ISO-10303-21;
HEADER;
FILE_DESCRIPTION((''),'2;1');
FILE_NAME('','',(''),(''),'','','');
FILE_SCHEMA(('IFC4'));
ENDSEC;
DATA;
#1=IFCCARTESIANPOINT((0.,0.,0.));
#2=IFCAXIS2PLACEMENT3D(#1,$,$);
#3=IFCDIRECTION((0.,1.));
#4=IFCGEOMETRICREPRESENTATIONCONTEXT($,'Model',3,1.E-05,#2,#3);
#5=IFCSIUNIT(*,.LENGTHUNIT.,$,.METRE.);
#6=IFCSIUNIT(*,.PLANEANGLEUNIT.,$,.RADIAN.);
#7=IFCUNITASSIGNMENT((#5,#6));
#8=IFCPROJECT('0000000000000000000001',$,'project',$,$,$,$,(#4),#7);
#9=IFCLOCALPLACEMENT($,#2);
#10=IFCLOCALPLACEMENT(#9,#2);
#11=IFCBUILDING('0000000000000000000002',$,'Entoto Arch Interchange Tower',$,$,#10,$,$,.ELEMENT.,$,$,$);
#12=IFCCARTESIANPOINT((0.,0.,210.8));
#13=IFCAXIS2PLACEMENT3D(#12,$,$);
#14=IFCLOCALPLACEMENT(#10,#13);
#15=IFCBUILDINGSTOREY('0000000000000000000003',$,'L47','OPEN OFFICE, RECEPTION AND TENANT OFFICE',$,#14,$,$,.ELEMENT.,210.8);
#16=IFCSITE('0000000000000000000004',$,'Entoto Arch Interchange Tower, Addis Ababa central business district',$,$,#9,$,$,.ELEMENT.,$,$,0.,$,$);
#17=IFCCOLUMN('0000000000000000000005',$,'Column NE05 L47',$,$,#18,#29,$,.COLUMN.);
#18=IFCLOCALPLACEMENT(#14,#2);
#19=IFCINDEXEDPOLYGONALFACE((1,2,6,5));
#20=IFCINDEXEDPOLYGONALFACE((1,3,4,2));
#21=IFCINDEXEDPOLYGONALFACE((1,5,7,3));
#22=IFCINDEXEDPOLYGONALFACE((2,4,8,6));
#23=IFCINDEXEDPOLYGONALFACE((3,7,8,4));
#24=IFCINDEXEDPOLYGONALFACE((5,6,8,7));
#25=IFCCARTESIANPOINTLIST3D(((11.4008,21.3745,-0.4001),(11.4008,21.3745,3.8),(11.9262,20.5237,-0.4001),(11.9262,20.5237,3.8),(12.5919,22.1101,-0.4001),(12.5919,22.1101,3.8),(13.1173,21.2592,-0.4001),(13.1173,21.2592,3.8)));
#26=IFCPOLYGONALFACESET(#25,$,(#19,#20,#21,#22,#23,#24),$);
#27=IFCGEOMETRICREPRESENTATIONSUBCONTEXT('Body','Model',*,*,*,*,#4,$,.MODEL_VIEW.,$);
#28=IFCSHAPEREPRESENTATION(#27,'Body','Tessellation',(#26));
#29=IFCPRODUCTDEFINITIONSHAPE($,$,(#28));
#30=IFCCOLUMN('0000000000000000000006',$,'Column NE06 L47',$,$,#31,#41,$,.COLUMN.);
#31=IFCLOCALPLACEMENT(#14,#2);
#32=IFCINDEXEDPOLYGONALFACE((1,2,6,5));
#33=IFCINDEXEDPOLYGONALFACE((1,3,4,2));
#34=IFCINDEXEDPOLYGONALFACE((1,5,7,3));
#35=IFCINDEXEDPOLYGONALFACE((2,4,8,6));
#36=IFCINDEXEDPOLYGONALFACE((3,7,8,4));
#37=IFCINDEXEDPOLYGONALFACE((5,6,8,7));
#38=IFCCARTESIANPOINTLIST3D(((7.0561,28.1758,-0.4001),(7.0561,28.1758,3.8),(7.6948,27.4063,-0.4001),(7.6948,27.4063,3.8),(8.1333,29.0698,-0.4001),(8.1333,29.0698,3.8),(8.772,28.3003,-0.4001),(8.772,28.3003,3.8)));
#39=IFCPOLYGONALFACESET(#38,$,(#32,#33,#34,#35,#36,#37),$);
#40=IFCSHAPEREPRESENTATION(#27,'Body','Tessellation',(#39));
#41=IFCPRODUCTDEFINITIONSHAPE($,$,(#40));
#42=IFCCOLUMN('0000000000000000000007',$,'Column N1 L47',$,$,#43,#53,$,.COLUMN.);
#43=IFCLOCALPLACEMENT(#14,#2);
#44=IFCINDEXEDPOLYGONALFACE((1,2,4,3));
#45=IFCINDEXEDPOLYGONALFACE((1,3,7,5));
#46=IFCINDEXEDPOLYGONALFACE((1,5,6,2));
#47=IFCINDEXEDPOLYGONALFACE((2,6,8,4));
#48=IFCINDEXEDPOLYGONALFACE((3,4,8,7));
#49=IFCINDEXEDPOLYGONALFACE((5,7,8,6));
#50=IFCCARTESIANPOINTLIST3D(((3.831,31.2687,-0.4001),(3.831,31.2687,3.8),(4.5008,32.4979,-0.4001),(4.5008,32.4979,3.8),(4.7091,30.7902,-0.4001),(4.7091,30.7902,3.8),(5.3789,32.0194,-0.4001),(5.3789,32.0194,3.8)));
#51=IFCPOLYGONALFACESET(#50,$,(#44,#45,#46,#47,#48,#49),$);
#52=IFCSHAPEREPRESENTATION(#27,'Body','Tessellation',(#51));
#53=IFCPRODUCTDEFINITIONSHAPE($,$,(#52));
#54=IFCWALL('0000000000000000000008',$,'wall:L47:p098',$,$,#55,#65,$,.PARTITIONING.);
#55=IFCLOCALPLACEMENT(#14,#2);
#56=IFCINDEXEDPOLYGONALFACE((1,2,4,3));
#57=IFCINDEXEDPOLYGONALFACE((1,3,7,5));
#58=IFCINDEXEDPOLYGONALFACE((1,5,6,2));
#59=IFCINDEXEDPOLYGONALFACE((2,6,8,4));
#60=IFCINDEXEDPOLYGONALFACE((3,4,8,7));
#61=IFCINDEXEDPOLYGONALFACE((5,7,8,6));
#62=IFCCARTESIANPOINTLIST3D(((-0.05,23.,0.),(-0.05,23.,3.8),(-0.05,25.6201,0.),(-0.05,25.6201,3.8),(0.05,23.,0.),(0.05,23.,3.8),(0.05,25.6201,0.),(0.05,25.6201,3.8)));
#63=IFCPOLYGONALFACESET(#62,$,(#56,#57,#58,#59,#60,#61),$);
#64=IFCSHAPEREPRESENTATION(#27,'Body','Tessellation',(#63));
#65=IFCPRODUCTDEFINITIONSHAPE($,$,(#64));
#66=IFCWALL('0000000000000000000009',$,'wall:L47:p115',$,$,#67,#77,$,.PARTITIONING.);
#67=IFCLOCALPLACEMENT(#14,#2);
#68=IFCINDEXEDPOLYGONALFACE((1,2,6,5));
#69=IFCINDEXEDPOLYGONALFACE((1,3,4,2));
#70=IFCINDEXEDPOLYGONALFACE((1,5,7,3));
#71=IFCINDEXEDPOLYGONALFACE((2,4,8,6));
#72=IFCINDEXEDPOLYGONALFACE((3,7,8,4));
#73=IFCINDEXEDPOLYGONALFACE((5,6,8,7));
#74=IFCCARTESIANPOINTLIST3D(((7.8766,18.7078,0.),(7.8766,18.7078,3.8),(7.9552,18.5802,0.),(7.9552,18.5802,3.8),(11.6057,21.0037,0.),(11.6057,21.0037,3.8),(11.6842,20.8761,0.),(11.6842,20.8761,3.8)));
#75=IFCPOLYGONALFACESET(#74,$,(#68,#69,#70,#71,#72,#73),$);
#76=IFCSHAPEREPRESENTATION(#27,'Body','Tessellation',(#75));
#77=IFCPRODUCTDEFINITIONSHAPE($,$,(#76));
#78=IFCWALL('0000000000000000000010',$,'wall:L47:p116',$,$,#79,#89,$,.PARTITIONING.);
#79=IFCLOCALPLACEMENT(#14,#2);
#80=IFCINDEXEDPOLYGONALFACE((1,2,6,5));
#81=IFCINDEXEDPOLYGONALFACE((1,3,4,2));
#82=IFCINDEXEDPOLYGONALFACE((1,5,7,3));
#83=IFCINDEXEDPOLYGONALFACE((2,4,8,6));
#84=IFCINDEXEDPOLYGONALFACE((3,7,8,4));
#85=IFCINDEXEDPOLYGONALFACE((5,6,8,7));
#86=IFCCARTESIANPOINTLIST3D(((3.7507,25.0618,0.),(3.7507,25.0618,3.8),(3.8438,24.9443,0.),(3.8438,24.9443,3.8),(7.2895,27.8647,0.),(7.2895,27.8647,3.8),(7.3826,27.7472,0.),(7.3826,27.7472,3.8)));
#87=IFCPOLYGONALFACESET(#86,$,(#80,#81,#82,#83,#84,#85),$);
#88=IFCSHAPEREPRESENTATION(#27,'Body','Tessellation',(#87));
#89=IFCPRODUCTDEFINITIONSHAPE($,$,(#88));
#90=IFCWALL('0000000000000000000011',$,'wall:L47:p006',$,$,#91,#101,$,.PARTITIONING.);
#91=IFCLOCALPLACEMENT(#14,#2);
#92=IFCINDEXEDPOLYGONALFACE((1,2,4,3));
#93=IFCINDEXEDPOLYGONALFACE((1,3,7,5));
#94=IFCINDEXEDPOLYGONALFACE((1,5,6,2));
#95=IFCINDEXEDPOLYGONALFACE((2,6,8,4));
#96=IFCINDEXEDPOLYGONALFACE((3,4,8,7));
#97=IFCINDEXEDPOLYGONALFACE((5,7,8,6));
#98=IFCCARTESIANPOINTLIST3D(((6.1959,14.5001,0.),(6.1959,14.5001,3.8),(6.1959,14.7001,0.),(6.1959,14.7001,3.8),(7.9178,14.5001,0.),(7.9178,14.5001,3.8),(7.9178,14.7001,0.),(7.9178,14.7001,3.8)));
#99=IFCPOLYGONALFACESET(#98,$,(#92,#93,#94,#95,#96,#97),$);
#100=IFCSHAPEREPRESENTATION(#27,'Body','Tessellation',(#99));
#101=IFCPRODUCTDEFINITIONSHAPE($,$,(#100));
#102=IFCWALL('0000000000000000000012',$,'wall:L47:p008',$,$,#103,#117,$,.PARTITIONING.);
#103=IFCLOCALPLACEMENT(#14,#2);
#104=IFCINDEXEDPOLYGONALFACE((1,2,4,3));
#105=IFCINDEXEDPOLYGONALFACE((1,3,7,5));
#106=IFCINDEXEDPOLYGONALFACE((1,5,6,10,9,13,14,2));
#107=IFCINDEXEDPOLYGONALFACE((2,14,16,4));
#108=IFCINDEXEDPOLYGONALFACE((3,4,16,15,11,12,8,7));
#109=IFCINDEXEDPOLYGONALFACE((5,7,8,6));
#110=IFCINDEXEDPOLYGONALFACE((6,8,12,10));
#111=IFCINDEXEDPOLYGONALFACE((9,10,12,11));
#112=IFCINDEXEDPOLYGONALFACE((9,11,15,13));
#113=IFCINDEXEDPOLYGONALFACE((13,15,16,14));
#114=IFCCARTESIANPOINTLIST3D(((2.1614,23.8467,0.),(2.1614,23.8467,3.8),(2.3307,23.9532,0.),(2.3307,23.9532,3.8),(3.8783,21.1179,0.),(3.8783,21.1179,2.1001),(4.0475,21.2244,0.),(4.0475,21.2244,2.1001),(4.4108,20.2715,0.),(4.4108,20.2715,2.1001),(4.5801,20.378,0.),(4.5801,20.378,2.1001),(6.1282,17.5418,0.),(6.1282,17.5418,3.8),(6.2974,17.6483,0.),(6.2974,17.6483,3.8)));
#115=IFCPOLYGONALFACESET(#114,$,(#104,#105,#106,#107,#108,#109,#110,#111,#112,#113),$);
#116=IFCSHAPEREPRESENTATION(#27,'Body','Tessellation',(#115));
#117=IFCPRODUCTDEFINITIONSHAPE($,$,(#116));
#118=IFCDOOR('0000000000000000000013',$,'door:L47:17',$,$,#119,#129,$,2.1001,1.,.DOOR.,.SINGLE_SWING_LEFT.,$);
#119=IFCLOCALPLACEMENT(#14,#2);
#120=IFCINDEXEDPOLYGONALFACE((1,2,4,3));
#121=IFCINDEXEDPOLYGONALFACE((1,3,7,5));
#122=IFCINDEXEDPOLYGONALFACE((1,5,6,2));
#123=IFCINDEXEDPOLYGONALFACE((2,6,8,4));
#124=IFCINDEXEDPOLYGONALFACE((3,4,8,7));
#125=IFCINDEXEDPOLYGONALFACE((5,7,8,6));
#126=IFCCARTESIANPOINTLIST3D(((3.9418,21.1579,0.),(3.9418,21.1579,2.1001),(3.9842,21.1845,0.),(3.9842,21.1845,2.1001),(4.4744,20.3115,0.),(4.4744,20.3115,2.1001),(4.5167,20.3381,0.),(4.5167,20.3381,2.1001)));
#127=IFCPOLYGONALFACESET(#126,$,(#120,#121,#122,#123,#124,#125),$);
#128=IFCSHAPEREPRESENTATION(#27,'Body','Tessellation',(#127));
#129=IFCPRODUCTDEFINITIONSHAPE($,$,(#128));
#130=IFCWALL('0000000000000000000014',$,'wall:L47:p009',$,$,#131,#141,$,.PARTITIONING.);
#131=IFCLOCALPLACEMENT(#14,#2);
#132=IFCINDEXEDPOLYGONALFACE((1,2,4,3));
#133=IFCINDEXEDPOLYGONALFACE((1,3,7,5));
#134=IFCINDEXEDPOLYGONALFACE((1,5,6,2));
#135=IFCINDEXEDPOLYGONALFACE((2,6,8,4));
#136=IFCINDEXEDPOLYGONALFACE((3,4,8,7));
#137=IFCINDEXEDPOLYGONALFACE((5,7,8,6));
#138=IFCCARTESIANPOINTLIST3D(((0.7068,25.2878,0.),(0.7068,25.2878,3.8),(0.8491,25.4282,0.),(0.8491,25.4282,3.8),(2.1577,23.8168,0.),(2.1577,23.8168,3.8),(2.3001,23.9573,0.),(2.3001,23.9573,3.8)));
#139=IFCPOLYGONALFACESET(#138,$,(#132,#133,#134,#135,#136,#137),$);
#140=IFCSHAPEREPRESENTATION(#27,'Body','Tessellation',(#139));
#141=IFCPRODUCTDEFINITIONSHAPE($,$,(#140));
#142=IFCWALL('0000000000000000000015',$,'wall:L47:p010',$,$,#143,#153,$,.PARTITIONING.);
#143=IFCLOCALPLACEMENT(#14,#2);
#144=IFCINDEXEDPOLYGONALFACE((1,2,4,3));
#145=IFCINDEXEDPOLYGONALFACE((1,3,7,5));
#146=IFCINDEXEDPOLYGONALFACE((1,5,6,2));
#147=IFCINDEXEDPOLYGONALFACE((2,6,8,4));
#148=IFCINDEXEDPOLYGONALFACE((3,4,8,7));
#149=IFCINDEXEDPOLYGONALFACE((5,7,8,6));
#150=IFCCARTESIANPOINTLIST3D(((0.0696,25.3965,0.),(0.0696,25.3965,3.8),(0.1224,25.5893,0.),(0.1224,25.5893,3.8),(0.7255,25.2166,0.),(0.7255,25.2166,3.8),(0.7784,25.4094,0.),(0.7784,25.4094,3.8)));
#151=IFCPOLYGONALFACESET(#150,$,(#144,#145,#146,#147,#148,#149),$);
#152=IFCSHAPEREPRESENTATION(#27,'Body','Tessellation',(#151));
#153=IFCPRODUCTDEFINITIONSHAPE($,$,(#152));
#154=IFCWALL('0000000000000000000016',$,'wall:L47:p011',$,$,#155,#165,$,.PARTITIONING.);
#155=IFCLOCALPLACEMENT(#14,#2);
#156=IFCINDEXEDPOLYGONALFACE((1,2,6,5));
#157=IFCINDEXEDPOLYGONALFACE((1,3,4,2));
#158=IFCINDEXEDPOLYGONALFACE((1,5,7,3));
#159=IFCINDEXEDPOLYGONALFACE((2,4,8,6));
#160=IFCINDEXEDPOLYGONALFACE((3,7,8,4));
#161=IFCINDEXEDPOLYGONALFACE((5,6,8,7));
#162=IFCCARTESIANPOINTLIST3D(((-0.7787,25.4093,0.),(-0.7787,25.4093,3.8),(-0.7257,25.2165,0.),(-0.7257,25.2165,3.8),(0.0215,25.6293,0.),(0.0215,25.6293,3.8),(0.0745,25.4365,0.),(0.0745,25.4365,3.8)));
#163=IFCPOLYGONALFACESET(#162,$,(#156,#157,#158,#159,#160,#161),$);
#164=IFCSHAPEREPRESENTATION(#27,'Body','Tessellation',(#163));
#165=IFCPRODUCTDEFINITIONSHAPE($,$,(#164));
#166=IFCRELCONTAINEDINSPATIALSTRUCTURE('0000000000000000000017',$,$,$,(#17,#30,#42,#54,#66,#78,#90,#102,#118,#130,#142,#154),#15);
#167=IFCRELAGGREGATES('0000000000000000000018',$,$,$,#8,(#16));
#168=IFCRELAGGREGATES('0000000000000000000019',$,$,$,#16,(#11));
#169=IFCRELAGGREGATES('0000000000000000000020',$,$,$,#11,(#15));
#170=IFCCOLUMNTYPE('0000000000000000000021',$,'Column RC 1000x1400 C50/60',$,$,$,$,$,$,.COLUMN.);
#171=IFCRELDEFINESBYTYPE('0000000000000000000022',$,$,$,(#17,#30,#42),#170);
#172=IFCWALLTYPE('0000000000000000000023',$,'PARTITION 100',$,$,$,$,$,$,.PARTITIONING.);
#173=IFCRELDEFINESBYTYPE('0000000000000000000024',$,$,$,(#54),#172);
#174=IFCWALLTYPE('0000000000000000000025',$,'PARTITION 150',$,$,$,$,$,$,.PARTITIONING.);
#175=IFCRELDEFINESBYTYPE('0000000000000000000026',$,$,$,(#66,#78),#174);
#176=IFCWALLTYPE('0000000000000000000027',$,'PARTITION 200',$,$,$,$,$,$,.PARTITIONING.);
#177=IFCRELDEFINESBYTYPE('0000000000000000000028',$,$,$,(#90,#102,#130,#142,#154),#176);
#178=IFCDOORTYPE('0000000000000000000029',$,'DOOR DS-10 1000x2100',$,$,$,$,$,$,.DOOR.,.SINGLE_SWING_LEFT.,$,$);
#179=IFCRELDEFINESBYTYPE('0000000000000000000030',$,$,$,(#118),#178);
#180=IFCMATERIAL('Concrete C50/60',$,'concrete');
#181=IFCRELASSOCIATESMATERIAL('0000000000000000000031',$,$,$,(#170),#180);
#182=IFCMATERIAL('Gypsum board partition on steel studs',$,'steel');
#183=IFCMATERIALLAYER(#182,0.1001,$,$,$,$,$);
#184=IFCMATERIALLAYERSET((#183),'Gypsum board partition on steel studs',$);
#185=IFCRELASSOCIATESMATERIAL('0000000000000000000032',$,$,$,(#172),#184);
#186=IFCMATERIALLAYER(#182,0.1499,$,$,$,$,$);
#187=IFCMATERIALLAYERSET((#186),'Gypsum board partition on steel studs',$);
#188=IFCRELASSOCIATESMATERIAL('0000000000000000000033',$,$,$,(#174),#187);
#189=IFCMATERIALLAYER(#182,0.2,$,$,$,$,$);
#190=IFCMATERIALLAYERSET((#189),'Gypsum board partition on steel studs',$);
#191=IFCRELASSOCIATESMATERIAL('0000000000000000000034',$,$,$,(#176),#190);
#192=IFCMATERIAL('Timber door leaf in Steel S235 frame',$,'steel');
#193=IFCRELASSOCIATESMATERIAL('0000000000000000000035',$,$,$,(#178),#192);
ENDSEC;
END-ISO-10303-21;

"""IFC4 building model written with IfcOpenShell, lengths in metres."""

from ifc_helpers import new_model, si_unit, direction, frame, frame_2d, origin, origin_2d, place, context, subcontext, project, spatial, rectangle, extrude, material, layer, layer_set, material_profile, profile_set, type_object, element, fill, save


model = new_model("IFC4")

# Units and contexts
model_context = context("Model", 3, precision=1e-05, world=origin(), true_north=direction((0.0, 1.0)))
body_context = subcontext(model_context, "Body", "Model", "MODEL_VIEW")
ifc_project = project(units=[si_unit("LENGTHUNIT", "METRE"), si_unit("PLANEANGLEUNIT", "RADIAN")], contexts=[model_context])

# Site, building, storey
site_placement = place(None, origin())
site = spatial("IfcSite", under=ifc_project, at=site_placement, Name="Entoto Arch Interchange Tower, Addis Ababa central business district", CompositionType="ELEMENT", RefElevation=0.0)
building_placement = place(site_placement, origin())
building = spatial("IfcBuilding", under=site, at=building_placement, Name="Entoto Arch Interchange Tower", CompositionType="ELEMENT")
storey_placement = place(building_placement, frame((0.0, 0.0, 210.8)))
storey = spatial("IfcBuildingStorey", under=building, at=storey_placement, Name="L47", Description="OPEN OFFICE, RECEPTION AND TENANT OFFICE", CompositionType="ELEMENT", Elevation=210.8)

# Columns
ifc_material_1 = material(Name="Concrete C50/60", Category="concrete")
ifc_material_profile = material_profile(ifc_material_1, rectangle(XDim=1.0, YDim=1.3999, at=origin_2d()))
ifc_profile_set = profile_set([ifc_material_profile], Name="Concrete C50/60")
column_type = type_object("IfcColumnType", Name="Column RC 1000x1400 C50/60", PredefinedType="COLUMN", material=ifc_profile_set)
for number, where, z_axis, x_axis, name in (
    (1, (12.259, 21.3169, -0.4001), (0.0, 0.0, 1.0), (-0.525427, 0.850839, 0.0), "Column NE05 L47"),
    (2, (7.9141, 28.238, -0.4001), (0.0, 0.0, 1.0), (-0.63866, 0.769489, 0.0), "Column NE06 L47"),
    (3, (4.605, 31.644, -0.4001), (0.0, 0.0, 1.0), (-0.8781, 0.478477, 0.0), "Column N1 L47"),
):
    element("IfcColumn", number, at=place(storey_placement, frame(where, z_axis=z_axis, x_axis=x_axis)), inside=storey, type_object=column_type, Name=name, PredefinedType="COLUMN", context=body_context, shape_type="SweptSolid", body=[
        extrude(rectangle(XDim=1.0, YDim=1.3999, at=origin_2d()), origin(), (0.0, 0.0, 1.0), 4.2002),
    ])

# Walls
ifc_material_2 = material(Name="Gypsum board partition on steel studs", Category="steel")
ifc_layer_1 = layer(ifc_material_2, 0.1001)
ifc_layer_set_1 = layer_set([ifc_layer_1], Name="Gypsum board partition on steel studs")
wall_type_1 = type_object("IfcWallType", Name="PARTITION 100", PredefinedType="PARTITIONING", material=ifc_layer_set_1)
wall_1_placement = place(storey_placement, frame((0.0, 23.0, 0.0), z_axis=(0.0, 0.0, 1.0), x_axis=(0.0, 1.0, 0.0)))
element("IfcWall", 4, at=wall_1_placement, inside=storey, type_object=wall_type_1, Name="wall:L47:p098", PredefinedType="PARTITIONING", context=body_context, shape_type="SweptSolid", body=[
    extrude(rectangle(XDim=2.6201, YDim=0.1001, at=frame_2d((1.3101, 0.0))), origin(), (0.0, 0.0, 1.0), 3.8),
])
ifc_layer_2 = layer(ifc_material_2, 0.1499)
ifc_layer_set_2 = layer_set([ifc_layer_2], Name="Gypsum board partition on steel studs")
wall_type_2 = type_object("IfcWallType", Name="PARTITION 150", PredefinedType="PARTITIONING", material=ifc_layer_set_2)
wall_2_placement = place(storey_placement, frame((7.916, 18.644, 0.0), z_axis=(0.0, 0.0, 1.0), x_axis=(0.851543, 0.524284, 0.0)))
element("IfcWall", 5, at=wall_2_placement, inside=storey, type_object=wall_type_2, Name="wall:L47:p115", PredefinedType="PARTITIONING", context=body_context, shape_type="SweptSolid", body=[
    extrude(rectangle(XDim=4.3792, YDim=0.1499, at=frame_2d((2.1895, 0.0))), origin(), (0.0, 0.0, 1.0), 3.8),
])
wall_3_placement = place(storey_placement, frame((3.7971, 25.0029, 0.0), z_axis=(0.0, 0.0, 1.0), x_axis=(0.783893, 0.620895, 0.0)))
element("IfcWall", 6, at=wall_3_placement, inside=storey, type_object=wall_type_2, Name="wall:L47:p116", PredefinedType="PARTITIONING", context=body_context, shape_type="SweptSolid", body=[
    extrude(rectangle(XDim=4.5144, YDim=0.1499, at=frame_2d((2.2573, 0.0))), origin(), (0.0, 0.0, 1.0), 3.8),
])
ifc_layer_3 = layer(ifc_material_2, 0.2)
ifc_layer_set_3 = layer_set([ifc_layer_3], Name="Gypsum board partition on steel studs")
wall_type_3 = type_object("IfcWallType", Name="PARTITION 200", PredefinedType="PARTITIONING", material=ifc_layer_set_3)
wall_4_placement = place(storey_placement, frame((6.196, 14.6001, 0.0), z_axis=(0.0, 0.0, 1.0), x_axis=(1.0, 0.0, 0.0)))
element("IfcWall", 7, at=wall_4_placement, inside=storey, type_object=wall_type_3, Name="wall:L47:p006", PredefinedType="PARTITIONING", context=body_context, shape_type="SweptSolid", body=[
    extrude(rectangle(XDim=1.7219, YDim=0.2, at=frame_2d((0.8608, 0.0))), origin(), (0.0, 0.0, 1.0), 3.8),
])

# Wall, opening, door
wall_5_placement = place(storey_placement, frame((6.2129, 17.595, 0.0), z_axis=(0.0, 0.0, 1.0), x_axis=(-0.532527, 0.846413, 0.0)))
wall_5 = element("IfcWall", 8, at=wall_5_placement, inside=storey, type_object=wall_type_3, Name="wall:L47:p008", PredefinedType="PARTITIONING", context=body_context, shape_type="SweptSolid", body=[
    extrude(rectangle(XDim=7.449, YDim=0.2, at=frame_2d((3.7246, 0.0))), origin(), (0.0, 0.0, 1.0), 3.8),
])
opening_1_placement = place(wall_5_placement, frame((3.2251, 0.0, 0.0)))
opening_1 = element("IfcOpeningElement", 9, at=opening_1_placement, cuts=wall_5, PredefinedType="OPENING", context=body_context, shape_type="SweptSolid", body=[
    extrude(rectangle(XDim=1.0, YDim=2.1001, at=frame_2d((0.5, 1.05))), frame((0.0, 0.1099, 0.0), z_axis=(0.0, -1.0, 0.0), x_axis=(1.0, 0.0, 0.0)), (0.0, 0.0, 1.0), 0.22),
])
ifc_material_3 = material(Name="Timber door leaf in Steel S235 frame", Category="steel")
door_type = type_object("IfcDoorType", Name="DOOR DS-10 1000x2100", OperationType="SINGLE_SWING_LEFT", PredefinedType="DOOR", material=ifc_material_3)
door_1_placement = place(opening_1_placement, origin())
door_1 = element("IfcDoor", 10, at=door_1_placement, inside=storey, type_object=door_type, Name="door:L47:17", OperationType="SINGLE_SWING_LEFT", OverallHeight=2.1001, OverallWidth=1.0, PredefinedType="DOOR", context=body_context, shape_type="SweptSolid", body=[
    extrude(rectangle(XDim=1.0, YDim=2.1001, at=frame_2d((0.5, 1.05))), frame((0.0, 0.0249, 0.0), z_axis=(0.0, -1.0, 0.0), x_axis=(1.0, 0.0, 0.0)), (0.0, 0.0, 1.0), 0.05),
])
fill(opening_1, door_1)

# Walls
wall_6_placement = place(storey_placement, frame((2.229, 23.887, 0.0), z_axis=(0.0, 0.0, 1.0), x_axis=(-0.702245, 0.711935, 0.0)))
element("IfcWall", 11, at=wall_6_placement, inside=storey, type_object=wall_type_3, Name="wall:L47:p009", PredefinedType="PARTITIONING", context=body_context, shape_type="SweptSolid", body=[
    extrude(rectangle(XDim=2.0662, YDim=0.2, at=frame_2d((1.0332, 0.0))), origin(), (0.0, 0.0, 1.0), 3.8),
])
wall_7_placement = place(storey_placement, frame((0.752, 25.313, 0.0), z_axis=(0.0, 0.0, 1.0), x_axis=(-0.964382, 0.264514, 0.0)))
element("IfcWall", 12, at=wall_7_placement, inside=storey, type_object=wall_type_3, Name="wall:L47:p010", PredefinedType="PARTITIONING", context=body_context, shape_type="SweptSolid", body=[
    extrude(rectangle(XDim=0.6802, YDim=0.2, at=frame_2d((0.3401, 0.0))), origin(), (0.0, 0.0, 1.0), 3.8),
])
wall_8_placement = place(storey_placement, frame((0.0481, 25.533, 0.0), z_axis=(0.0, 0.0, 1.0), x_axis=(-0.964219, -0.265109, 0.0)))
element("IfcWall", 13, at=wall_8_placement, inside=storey, type_object=wall_type_3, Name="wall:L47:p011", PredefinedType="PARTITIONING", context=body_context, shape_type="SweptSolid", body=[
    extrude(rectangle(XDim=0.8298, YDim=0.2, at=frame_2d((0.415, 0.0))), origin(), (0.0, 0.0, 1.0), 3.8),
])

save(model, "model.ifc")
